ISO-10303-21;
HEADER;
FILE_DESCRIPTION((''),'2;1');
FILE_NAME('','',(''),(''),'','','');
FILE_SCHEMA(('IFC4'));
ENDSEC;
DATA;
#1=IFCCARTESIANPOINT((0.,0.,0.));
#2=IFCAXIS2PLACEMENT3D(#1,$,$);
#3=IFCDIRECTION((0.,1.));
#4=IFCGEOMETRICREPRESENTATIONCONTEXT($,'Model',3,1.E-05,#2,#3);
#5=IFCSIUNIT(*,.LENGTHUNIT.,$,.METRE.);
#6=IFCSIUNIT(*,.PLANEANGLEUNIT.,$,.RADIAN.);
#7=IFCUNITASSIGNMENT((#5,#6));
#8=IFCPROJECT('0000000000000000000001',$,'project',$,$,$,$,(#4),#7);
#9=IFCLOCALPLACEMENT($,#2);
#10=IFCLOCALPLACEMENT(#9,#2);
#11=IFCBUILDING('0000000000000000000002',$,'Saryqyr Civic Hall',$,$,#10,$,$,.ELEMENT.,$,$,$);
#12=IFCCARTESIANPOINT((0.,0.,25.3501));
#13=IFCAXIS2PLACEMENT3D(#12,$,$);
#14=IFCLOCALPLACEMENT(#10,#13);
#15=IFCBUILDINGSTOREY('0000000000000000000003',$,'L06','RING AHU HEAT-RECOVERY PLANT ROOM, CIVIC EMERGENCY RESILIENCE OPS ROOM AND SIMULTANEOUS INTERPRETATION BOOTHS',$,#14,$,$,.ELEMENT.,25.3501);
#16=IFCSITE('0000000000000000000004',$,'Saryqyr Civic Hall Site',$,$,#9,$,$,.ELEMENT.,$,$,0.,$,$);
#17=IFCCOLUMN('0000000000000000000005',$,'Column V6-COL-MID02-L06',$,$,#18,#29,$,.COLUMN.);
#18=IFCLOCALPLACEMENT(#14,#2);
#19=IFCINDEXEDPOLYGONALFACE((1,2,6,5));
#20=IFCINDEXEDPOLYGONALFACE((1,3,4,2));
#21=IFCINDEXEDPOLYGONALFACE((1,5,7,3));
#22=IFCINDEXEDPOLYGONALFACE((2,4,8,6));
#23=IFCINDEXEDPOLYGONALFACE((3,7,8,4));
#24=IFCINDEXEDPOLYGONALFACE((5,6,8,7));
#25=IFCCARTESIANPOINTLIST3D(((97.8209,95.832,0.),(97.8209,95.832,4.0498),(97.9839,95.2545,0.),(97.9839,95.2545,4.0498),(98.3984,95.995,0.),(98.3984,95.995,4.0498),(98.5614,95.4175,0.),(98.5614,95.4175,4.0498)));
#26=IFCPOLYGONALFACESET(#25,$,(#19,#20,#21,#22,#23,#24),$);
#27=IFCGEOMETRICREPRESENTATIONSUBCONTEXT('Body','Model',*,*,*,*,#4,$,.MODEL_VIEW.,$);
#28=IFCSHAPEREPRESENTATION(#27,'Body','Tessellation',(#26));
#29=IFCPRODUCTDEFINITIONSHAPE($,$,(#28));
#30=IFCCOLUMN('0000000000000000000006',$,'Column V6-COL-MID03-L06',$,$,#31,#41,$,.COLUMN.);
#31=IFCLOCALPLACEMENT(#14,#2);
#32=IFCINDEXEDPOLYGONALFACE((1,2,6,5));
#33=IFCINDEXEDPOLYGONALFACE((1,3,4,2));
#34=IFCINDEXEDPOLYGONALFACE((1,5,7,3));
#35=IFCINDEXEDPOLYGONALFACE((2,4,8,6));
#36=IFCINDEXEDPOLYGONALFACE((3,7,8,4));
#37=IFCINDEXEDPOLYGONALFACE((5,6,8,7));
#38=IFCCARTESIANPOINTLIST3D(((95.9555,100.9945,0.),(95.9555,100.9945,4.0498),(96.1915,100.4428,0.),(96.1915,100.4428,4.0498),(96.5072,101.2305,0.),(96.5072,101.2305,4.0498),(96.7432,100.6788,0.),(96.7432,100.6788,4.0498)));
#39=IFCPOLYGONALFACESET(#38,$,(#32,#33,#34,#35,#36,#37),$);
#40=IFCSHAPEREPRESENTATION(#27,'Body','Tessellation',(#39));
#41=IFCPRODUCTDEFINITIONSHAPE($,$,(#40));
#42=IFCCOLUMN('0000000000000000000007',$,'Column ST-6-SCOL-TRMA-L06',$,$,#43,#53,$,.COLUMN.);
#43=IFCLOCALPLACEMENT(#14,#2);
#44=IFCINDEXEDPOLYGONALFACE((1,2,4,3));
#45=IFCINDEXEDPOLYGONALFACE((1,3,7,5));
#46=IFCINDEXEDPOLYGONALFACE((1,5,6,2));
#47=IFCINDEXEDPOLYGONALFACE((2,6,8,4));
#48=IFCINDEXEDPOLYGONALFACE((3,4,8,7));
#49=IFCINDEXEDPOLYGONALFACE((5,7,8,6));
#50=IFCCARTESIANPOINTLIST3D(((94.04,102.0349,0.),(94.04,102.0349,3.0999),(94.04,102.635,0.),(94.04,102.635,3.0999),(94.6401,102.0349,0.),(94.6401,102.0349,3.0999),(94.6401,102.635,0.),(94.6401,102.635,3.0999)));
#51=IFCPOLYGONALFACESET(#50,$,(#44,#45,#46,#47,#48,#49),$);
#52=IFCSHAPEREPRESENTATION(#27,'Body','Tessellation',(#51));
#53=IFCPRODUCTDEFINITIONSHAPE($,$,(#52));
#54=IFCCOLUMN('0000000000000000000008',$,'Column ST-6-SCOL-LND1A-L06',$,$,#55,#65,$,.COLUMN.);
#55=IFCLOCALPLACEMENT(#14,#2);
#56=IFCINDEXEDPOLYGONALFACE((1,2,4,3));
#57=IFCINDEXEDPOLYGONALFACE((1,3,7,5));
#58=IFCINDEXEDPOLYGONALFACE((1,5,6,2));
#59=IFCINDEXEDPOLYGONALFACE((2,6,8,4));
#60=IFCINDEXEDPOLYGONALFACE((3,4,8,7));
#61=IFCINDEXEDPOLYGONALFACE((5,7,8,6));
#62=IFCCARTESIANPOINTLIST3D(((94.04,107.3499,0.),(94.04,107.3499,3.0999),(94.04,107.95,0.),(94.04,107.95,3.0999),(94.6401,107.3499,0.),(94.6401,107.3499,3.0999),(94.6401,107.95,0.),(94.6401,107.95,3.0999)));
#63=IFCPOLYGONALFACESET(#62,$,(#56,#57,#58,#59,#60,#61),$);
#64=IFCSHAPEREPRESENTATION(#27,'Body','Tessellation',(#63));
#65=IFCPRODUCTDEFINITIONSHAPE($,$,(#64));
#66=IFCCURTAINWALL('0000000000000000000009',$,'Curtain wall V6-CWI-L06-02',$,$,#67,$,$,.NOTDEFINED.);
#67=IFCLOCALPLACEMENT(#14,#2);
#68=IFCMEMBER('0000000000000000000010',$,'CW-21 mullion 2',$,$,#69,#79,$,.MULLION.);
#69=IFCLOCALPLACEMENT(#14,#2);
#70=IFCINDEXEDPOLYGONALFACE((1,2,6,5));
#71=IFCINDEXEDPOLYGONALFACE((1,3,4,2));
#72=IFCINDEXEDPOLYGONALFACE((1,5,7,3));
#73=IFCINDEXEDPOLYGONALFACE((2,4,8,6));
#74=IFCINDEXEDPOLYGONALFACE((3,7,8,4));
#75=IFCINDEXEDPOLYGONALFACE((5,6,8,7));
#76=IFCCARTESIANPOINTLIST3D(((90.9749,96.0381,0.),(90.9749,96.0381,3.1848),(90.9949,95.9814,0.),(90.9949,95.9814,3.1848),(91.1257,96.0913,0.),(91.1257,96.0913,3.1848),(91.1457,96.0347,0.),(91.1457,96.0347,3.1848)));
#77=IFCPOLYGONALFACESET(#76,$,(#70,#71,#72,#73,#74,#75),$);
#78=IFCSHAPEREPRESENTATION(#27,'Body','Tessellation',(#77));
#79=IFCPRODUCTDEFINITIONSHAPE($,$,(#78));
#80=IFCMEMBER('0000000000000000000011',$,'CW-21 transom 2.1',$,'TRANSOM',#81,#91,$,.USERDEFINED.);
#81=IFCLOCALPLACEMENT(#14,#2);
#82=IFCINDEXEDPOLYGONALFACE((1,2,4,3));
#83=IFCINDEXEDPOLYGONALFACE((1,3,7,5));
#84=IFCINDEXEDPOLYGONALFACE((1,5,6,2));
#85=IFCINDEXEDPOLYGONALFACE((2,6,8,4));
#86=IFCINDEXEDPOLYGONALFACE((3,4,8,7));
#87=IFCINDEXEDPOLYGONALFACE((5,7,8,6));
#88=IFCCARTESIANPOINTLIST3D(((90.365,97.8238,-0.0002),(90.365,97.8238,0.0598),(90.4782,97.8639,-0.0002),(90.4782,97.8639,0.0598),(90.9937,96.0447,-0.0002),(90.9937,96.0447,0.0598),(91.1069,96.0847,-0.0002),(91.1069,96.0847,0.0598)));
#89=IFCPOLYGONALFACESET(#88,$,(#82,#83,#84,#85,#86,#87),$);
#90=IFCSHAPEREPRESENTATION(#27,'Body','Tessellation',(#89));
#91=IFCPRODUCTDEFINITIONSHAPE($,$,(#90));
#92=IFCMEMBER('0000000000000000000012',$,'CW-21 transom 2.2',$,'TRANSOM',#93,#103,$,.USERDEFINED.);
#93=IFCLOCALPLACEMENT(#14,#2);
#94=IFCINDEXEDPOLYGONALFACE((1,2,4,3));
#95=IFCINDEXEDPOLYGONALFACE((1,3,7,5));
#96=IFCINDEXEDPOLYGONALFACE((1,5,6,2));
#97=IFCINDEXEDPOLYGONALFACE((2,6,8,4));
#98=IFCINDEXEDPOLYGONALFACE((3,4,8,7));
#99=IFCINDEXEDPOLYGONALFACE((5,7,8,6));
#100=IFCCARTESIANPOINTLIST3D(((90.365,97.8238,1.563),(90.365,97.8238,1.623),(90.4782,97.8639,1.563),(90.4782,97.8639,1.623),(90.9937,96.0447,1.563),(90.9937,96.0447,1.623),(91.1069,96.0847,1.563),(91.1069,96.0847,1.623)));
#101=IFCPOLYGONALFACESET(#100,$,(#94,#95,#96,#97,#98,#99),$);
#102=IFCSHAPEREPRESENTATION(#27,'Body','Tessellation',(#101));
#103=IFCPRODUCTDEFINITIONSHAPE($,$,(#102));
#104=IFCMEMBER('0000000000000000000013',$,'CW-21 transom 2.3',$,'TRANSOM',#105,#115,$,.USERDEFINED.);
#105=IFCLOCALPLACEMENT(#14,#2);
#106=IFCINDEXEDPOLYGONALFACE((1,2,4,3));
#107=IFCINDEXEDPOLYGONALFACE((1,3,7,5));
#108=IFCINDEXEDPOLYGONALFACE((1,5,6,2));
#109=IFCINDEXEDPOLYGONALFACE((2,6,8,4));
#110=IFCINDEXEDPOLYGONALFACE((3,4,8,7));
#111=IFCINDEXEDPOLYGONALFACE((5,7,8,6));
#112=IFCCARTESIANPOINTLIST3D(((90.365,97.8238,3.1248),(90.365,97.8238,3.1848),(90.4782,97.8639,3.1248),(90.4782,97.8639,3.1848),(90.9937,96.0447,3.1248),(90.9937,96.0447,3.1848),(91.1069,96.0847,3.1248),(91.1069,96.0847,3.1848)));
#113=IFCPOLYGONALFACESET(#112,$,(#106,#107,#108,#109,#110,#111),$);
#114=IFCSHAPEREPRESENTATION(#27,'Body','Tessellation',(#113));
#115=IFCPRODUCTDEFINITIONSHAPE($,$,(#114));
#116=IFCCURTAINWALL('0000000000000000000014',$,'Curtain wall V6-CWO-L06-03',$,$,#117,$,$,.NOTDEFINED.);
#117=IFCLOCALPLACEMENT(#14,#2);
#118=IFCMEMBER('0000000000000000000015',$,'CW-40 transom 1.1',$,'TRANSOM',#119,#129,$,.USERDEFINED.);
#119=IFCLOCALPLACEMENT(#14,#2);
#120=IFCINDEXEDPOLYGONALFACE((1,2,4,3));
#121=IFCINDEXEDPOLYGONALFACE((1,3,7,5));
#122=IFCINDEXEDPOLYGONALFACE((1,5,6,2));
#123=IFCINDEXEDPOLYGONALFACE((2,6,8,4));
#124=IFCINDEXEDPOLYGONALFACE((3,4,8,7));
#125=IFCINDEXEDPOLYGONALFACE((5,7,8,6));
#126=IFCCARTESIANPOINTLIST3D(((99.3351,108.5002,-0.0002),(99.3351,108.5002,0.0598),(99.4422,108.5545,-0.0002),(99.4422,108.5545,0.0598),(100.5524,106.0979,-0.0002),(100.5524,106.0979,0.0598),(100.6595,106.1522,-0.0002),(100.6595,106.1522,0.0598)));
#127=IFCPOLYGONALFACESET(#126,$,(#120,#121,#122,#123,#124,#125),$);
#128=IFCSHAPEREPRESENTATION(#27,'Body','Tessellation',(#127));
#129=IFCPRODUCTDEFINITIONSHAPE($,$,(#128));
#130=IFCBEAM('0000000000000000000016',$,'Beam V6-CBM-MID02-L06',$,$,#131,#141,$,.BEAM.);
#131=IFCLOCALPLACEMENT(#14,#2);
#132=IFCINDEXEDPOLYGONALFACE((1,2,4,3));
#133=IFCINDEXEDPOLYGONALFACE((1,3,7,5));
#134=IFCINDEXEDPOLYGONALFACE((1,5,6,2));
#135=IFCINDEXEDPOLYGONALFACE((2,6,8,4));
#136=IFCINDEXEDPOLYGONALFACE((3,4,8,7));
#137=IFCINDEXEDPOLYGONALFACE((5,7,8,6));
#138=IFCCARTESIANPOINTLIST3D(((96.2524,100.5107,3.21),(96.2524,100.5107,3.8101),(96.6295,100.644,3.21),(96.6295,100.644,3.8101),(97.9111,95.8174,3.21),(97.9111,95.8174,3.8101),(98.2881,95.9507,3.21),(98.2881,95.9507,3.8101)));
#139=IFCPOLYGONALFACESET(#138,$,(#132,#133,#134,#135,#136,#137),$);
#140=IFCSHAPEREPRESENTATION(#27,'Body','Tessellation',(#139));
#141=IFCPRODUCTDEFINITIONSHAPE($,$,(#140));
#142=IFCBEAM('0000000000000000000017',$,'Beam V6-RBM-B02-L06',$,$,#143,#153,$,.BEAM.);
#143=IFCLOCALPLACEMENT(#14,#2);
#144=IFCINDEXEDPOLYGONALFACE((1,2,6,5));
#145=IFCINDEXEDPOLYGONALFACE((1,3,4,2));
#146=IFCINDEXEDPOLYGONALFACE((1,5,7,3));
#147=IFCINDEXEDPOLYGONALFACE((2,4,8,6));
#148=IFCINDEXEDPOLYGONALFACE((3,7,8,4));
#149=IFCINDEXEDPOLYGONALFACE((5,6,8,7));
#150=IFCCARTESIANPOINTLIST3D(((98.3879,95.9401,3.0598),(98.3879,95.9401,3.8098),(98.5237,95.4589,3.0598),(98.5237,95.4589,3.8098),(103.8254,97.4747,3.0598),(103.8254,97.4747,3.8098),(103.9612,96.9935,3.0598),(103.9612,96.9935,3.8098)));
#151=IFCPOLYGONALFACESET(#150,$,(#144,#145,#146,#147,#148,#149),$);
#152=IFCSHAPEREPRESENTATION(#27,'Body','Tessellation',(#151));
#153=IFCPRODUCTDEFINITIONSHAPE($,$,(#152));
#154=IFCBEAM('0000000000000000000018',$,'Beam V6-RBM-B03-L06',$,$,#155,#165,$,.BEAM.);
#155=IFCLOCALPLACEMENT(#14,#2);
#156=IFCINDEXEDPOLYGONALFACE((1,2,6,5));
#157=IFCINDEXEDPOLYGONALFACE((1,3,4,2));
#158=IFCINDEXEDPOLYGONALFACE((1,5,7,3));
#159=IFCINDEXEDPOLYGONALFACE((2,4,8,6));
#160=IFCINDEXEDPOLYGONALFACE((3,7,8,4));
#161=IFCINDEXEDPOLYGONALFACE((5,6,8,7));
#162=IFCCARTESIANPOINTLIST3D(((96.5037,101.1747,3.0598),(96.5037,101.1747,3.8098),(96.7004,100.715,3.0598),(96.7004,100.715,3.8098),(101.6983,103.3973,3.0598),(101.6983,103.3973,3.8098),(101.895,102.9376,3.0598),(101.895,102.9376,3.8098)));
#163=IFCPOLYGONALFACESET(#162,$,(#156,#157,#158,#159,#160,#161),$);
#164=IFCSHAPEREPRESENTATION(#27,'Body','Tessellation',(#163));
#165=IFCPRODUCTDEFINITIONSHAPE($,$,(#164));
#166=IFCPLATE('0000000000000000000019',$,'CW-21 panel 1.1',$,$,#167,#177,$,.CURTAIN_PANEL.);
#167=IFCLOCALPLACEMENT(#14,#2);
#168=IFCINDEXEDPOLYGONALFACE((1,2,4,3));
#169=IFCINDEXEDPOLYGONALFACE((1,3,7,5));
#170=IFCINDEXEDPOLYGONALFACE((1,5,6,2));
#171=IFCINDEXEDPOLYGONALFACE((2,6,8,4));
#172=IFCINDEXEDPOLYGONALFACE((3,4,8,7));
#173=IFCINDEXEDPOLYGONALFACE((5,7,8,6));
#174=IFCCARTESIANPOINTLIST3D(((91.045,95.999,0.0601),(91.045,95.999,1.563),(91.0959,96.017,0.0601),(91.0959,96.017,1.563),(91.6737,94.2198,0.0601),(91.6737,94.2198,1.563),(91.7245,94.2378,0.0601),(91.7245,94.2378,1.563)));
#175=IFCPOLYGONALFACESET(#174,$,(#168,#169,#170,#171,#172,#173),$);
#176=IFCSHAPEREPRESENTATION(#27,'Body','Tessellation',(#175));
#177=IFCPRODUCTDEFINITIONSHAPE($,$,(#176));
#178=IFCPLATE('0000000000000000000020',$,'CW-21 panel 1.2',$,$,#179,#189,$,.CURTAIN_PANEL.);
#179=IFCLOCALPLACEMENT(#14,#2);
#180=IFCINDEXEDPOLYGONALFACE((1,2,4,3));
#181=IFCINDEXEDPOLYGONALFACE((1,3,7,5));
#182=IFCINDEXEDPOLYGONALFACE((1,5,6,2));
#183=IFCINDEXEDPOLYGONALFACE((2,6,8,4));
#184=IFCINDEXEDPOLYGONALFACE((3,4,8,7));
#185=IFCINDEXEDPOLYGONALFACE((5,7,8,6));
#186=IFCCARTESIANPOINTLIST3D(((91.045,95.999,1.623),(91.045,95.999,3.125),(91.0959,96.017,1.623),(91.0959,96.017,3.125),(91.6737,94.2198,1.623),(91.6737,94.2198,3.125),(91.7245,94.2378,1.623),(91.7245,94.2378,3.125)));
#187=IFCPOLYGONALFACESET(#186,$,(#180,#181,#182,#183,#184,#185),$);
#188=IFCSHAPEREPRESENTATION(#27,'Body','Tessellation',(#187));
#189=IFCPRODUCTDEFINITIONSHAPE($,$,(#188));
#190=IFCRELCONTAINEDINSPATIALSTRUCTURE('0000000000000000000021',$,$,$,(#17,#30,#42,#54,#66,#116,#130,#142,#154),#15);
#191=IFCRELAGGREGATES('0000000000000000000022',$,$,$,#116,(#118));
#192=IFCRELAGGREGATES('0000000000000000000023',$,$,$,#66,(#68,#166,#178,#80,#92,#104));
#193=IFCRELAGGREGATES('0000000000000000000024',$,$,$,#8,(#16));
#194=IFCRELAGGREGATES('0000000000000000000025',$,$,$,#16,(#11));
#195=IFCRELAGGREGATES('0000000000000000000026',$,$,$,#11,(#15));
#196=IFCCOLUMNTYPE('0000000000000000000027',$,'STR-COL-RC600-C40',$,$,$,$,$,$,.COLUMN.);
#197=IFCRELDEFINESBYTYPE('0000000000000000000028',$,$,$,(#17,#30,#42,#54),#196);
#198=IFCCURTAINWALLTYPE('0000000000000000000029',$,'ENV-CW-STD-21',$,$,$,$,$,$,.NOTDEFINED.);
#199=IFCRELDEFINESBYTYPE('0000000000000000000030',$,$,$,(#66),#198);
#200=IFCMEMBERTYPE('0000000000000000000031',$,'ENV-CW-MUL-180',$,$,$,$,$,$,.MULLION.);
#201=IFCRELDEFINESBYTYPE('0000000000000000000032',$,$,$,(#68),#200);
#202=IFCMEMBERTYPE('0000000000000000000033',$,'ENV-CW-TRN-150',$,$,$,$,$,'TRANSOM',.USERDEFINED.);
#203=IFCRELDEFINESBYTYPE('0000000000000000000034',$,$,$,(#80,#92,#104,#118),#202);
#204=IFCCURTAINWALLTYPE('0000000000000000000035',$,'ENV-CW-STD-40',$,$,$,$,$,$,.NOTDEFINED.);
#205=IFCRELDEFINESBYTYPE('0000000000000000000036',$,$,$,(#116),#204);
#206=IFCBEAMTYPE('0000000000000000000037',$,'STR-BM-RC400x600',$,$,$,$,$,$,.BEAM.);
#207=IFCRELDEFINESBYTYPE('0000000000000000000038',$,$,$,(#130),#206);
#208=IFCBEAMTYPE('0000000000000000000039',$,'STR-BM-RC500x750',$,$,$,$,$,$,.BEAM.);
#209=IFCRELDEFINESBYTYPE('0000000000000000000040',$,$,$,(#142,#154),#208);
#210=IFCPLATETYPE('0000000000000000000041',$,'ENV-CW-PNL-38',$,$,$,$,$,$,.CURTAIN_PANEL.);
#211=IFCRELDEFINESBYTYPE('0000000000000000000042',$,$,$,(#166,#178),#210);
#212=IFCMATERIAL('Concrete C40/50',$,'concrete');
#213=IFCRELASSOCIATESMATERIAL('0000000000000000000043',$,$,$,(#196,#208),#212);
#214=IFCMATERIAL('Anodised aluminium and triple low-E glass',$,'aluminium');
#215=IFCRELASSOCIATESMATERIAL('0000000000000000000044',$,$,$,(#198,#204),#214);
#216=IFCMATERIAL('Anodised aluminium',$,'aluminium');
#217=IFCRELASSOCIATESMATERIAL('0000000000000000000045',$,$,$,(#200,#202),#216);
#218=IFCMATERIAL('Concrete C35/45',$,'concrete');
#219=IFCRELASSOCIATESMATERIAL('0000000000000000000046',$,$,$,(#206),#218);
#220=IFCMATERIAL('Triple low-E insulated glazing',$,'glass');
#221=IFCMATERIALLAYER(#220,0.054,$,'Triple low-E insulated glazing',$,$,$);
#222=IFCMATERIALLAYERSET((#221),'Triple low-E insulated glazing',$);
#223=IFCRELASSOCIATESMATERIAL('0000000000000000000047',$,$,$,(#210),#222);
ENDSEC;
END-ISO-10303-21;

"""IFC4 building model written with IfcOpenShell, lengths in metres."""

from ifc_helpers import new_model, si_unit, direction, frame, origin, origin_2d, place, context, subcontext, project, spatial, rectangle, extrude, material, layer, layer_set, material_profile, profile_set, type_object, element, aggregate, save


model = new_model("IFC4")

# Units and contexts
model_context = context("Model", 3, precision=1e-05, world=origin(), true_north=direction((0.0, 1.0)))
body_context = subcontext(model_context, "Body", "Model", "MODEL_VIEW")
ifc_project = project(units=[si_unit("LENGTHUNIT", "METRE"), si_unit("PLANEANGLEUNIT", "RADIAN")], contexts=[model_context])

# Site, building, storey
site_placement = place(None, origin())
site = spatial("IfcSite", under=ifc_project, at=site_placement, Name="Saryqyr Civic Hall Site", CompositionType="ELEMENT", RefElevation=0.0)
building_placement = place(site_placement, origin())
building = spatial("IfcBuilding", under=site, at=building_placement, Name="Saryqyr Civic Hall", CompositionType="ELEMENT")
storey_placement = place(building_placement, frame((0.0, 0.0, 25.3501)))
storey = spatial("IfcBuildingStorey", under=building, at=storey_placement, Name="L06", Description="RING AHU HEAT-RECOVERY PLANT ROOM, CIVIC EMERGENCY RESILIENCE OPS ROOM AND SIMULTANEOUS INTERPRETATION BOOTHS", CompositionType="ELEMENT", Elevation=25.3501)

# Columns
ifc_material_1 = material(Name="Concrete C40/50", Category="concrete")
ifc_material_profile_1 = material_profile(ifc_material_1, rectangle(XDim=0.6001, YDim=0.6001, at=origin_2d()), Name="RC 600x600")
ifc_profile_set_1 = profile_set([ifc_material_profile_1], Name="Concrete C40/50")
column_type = type_object("IfcColumnType", Name="STR-COL-RC600-C40", PredefinedType="COLUMN", material=ifc_profile_set_1)
for number, where, z_axis, x_axis, name in (
    (1, (98.1912, 95.6248, 0.0), (0.0, 0.0, 1.0), (0.962408, 0.271608, 0.0), "Column V6-COL-MID02-L06"),
    (2, (96.3494, 100.8367, 0.0), (0.0, 0.0, 1.0), (0.91941, 0.3933, 0.0), "Column V6-COL-MID03-L06"),
):
    element("IfcColumn", number, at=place(storey_placement, frame(where, z_axis=z_axis, x_axis=x_axis)), inside=storey, type_object=column_type, Name=name, PredefinedType="COLUMN", context=body_context, shape_type="SweptSolid", body=[
        extrude(rectangle(XDim=0.6001, YDim=0.6001, at=origin_2d()), origin(), (0.0, 0.0, 1.0), 4.0498),
    ])
for number, where, z_axis, x_axis, name in (
    (3, (94.3401, 102.335, 0.0), (0.0, 0.0, 1.0), (1.0, 0.0, 0.0), "Column ST-6-SCOL-TRMA-L06"),
    (4, (94.3401, 107.6499, 0.0), (0.0, 0.0, 1.0), (1.0, 0.0, 0.0), "Column ST-6-SCOL-LND1A-L06"),
):
    element("IfcColumn", number, at=place(storey_placement, frame(where, z_axis=z_axis, x_axis=x_axis)), inside=storey, type_object=column_type, Name=name, PredefinedType="COLUMN", context=body_context, shape_type="SweptSolid", body=[
        extrude(rectangle(XDim=0.6001, YDim=0.6001, at=origin_2d()), origin(), (0.0, 0.0, 1.0), 3.0999),
    ])

# Curtain wall, members
ifc_material_2 = material(Name="Anodised aluminium and triple low-E glass", Category="aluminium")
curtain_wall_type_1 = type_object("IfcCurtainWallType", Name="ENV-CW-STD-21", PredefinedType="NOTDEFINED", material=ifc_material_2)
curtain_wall_1_placement = place(storey_placement, origin())
curtain_wall_1 = element("IfcCurtainWall", 5, at=curtain_wall_1_placement, inside=storey, type_object=curtain_wall_type_1, Name="Curtain wall V6-CWI-L06-02", PredefinedType="NOTDEFINED")
ifc_material_3 = material(Name="Anodised aluminium", Category="aluminium")
ifc_material_profile_2 = material_profile(ifc_material_3, rectangle(XDim=0.0601, YDim=0.1599, at=origin_2d()), Name="ALU MULLION 60x160")
ifc_profile_set_2 = profile_set([ifc_material_profile_2], Name="Anodised aluminium")
member_type_1 = type_object("IfcMemberType", Name="ENV-CW-MUL-180", PredefinedType="MULLION", material=ifc_profile_set_2)
member_1_placement = place(storey_placement, frame((91.0603, 96.0364, 0.0), z_axis=(0.0, 0.0, 1.0), x_axis=(-0.333172, 0.942866, 0.0)))
member_1 = element("IfcMember", 6, at=member_1_placement, type_object=member_type_1, Name="CW-21 mullion 2", PredefinedType="MULLION", context=body_context, shape_type="SweptSolid", body=[
    extrude(rectangle(XDim=0.0601, YDim=0.1599, at=origin_2d()), origin(), (0.0, 0.0, 1.0), 3.1848),
])
ifc_material_profile_3 = material_profile(ifc_material_3, rectangle(XDim=0.1201, YDim=0.0601, at=origin_2d()), Name="ALU TRANSOM 120x60")
ifc_profile_set_3 = profile_set([ifc_material_profile_3], Name="Anodised aluminium")
member_type_2 = type_object("IfcMemberType", Name="ENV-CW-TRN-150", ElementType="TRANSOM", PredefinedType="USERDEFINED", material=ifc_profile_set_3)
member_2_placement = place(storey_placement, frame((91.0503, 96.0647, 0.0298), z_axis=(-0.333179, 0.942864, 0.0), x_axis=(-0.942864, -0.333179, 0.0)))
member_2 = element("IfcMember", 7, at=member_2_placement, type_object=member_type_2, Name="CW-21 transom 2.1", ObjectType="TRANSOM", PredefinedType="USERDEFINED", context=body_context, shape_type="SweptSolid", body=[
    extrude(rectangle(XDim=0.1201, YDim=0.0601, at=origin_2d()), origin(), (0.0, 0.0, 1.0), 1.887),
])
member_3_placement = place(storey_placement, frame((91.0503, 96.0647, 1.593), z_axis=(-0.333179, 0.942864, 0.0), x_axis=(-0.942864, -0.333179, 0.0)))
member_3 = element("IfcMember", 8, at=member_3_placement, type_object=member_type_2, Name="CW-21 transom 2.2", ObjectType="TRANSOM", PredefinedType="USERDEFINED", context=body_context, shape_type="SweptSolid", body=[
    extrude(rectangle(XDim=0.1201, YDim=0.0601, at=origin_2d()), origin(), (0.0, 0.0, 1.0), 1.887),
])
member_4_placement = place(storey_placement, frame((91.0503, 96.0647, 3.1548), z_axis=(-0.333179, 0.942864, 0.0), x_axis=(-0.942864, -0.333179, 0.0)))
member_4 = element("IfcMember", 9, at=member_4_placement, type_object=member_type_2, Name="CW-21 transom 2.3", ObjectType="TRANSOM", PredefinedType="USERDEFINED", context=body_context, shape_type="SweptSolid", body=[
    extrude(rectangle(XDim=0.1201, YDim=0.0601, at=origin_2d()), origin(), (0.0, 0.0, 1.0), 1.887),
])

# Curtain wall, member
curtain_wall_type_2 = type_object("IfcCurtainWallType", Name="ENV-CW-STD-40", PredefinedType="NOTDEFINED", material=ifc_material_2)
curtain_wall_2_placement = place(storey_placement, origin())
curtain_wall_2 = element("IfcCurtainWall", 10, at=curtain_wall_2_placement, inside=storey, type_object=curtain_wall_type_2, Name="Curtain wall V6-CWO-L06-03", PredefinedType="NOTDEFINED")
member_5_placement = place(storey_placement, frame((99.3887, 108.5273, 0.0298), z_axis=(0.451994, -0.892021, 0.0), x_axis=(0.892021, 0.451994, 0.0)))
member_5 = element("IfcMember", 11, at=member_5_placement, type_object=member_type_2, Name="CW-40 transom 1.1", ObjectType="TRANSOM", PredefinedType="USERDEFINED", context=body_context, shape_type="SweptSolid", body=[
    extrude(rectangle(XDim=0.1201, YDim=0.0601, at=origin_2d()), origin(), (0.0, 0.0, 1.0), 2.6931),
])
aggregate(curtain_wall_2, [member_5])

# Beams
ifc_material_4 = material(Name="Concrete C35/45", Category="concrete")
ifc_material_profile_4 = material_profile(ifc_material_4, rectangle(XDim=0.3999, YDim=0.6001, at=origin_2d()), Name="RC 400x600")
ifc_profile_set_4 = profile_set([ifc_material_profile_4], Name="Concrete C35/45")
beam_type_1 = type_object("IfcBeamType", Name="STR-BM-RC400x600", PredefinedType="BEAM", material=ifc_profile_set_4)
beam_1_placement = place(storey_placement, frame((98.0996, 95.884, 3.51), z_axis=(-0.333215, 0.942851, 0.0), x_axis=(-0.942851, -0.333215, 0.0)))
element("IfcBeam", 12, at=beam_1_placement, inside=storey, type_object=beam_type_1, Name="Beam V6-CBM-MID02-L06", PredefinedType="BEAM", context=body_context, shape_type="SweptSolid", body=[
    extrude(rectangle(XDim=0.3999, YDim=0.6001, at=origin_2d()), origin(), (0.0, 0.0, 1.0), 4.9778),
])
ifc_material_profile_5 = material_profile(ifc_material_1, rectangle(XDim=0.5, YDim=0.75, at=origin_2d()), Name="RC 500x750")
ifc_profile_set_5 = profile_set([ifc_material_profile_5], Name="Concrete C40/50")
beam_type_2 = type_object("IfcBeamType", Name="STR-BM-RC500x750", PredefinedType="BEAM", material=ifc_profile_set_5)
beam_2_placement = place(storey_placement, frame((98.4558, 95.6995, 3.4348), z_axis=(0.962403, 0.271626, 0.0), x_axis=(-0.271626, 0.962403, 0.0)))
element("IfcBeam", 13, at=beam_2_placement, inside=storey, type_object=beam_type_2, Name="Beam V6-RBM-B02-L06", PredefinedType="BEAM", context=body_context, shape_type="SweptSolid", body=[
    extrude(rectangle(XDim=0.5, YDim=0.75, at=origin_2d()), origin(), (0.0, 0.0, 1.0), 5.6499),
])
beam_3_placement = place(storey_placement, frame((96.6021, 100.9448, 3.4348), z_axis=(0.919375, 0.393382, 0.0), x_axis=(-0.393382, 0.919375, 0.0)))
element("IfcBeam", 14, at=beam_3_placement, inside=storey, type_object=beam_type_2, Name="Beam V6-RBM-B03-L06", PredefinedType="BEAM", context=body_context, shape_type="SweptSolid", body=[
    extrude(rectangle(XDim=0.5, YDim=0.75, at=origin_2d()), origin(), (0.0, 0.0, 1.0), 5.6501),
])

# Plates
ifc_material_5 = material(Name="Triple low-E insulated glazing", Category="glass")
ifc_layer_1 = layer(ifc_material_5, 0.054, Name="Triple low-E insulated glazing")
ifc_layer_set_1 = layer_set([ifc_layer_1], Name="Triple low-E insulated glazing")
plate_type = type_object("IfcPlateType", Name="ENV-CW-PNL-38", PredefinedType="CURTAIN_PANEL", material=ifc_layer_set_1)
plate_1_placement = place(storey_placement, frame((91.3848, 95.1184, 0.0601), z_axis=(0.0, 0.0, 1.0), x_axis=(-0.333172, 0.942866, 0.0)))
plate_1 = element("IfcPlate", 15, at=plate_1_placement, type_object=plate_type, Name="CW-21 panel 1.1", PredefinedType="CURTAIN_PANEL", context=body_context, shape_type="SweptSolid", body=[
    extrude(rectangle(XDim=1.887, YDim=0.054, at=origin_2d()), origin(), (0.0, 0.0, 1.0), 1.5029),
])
plate_2_placement = place(storey_placement, frame((91.3848, 95.1184, 1.623), z_axis=(0.0, 0.0, 1.0), x_axis=(-0.333172, 0.942866, 0.0)))
plate_2 = element("IfcPlate", 16, at=plate_2_placement, type_object=plate_type, Name="CW-21 panel 1.2", PredefinedType="CURTAIN_PANEL", context=body_context, shape_type="SweptSolid", body=[
    extrude(rectangle(XDim=1.887, YDim=0.054, at=origin_2d()), origin(), (0.0, 0.0, 1.0), 1.502),
])
aggregate(curtain_wall_1, [member_1, plate_1, plate_2, member_2, member_3, member_4])

save(model, "model.ifc")
